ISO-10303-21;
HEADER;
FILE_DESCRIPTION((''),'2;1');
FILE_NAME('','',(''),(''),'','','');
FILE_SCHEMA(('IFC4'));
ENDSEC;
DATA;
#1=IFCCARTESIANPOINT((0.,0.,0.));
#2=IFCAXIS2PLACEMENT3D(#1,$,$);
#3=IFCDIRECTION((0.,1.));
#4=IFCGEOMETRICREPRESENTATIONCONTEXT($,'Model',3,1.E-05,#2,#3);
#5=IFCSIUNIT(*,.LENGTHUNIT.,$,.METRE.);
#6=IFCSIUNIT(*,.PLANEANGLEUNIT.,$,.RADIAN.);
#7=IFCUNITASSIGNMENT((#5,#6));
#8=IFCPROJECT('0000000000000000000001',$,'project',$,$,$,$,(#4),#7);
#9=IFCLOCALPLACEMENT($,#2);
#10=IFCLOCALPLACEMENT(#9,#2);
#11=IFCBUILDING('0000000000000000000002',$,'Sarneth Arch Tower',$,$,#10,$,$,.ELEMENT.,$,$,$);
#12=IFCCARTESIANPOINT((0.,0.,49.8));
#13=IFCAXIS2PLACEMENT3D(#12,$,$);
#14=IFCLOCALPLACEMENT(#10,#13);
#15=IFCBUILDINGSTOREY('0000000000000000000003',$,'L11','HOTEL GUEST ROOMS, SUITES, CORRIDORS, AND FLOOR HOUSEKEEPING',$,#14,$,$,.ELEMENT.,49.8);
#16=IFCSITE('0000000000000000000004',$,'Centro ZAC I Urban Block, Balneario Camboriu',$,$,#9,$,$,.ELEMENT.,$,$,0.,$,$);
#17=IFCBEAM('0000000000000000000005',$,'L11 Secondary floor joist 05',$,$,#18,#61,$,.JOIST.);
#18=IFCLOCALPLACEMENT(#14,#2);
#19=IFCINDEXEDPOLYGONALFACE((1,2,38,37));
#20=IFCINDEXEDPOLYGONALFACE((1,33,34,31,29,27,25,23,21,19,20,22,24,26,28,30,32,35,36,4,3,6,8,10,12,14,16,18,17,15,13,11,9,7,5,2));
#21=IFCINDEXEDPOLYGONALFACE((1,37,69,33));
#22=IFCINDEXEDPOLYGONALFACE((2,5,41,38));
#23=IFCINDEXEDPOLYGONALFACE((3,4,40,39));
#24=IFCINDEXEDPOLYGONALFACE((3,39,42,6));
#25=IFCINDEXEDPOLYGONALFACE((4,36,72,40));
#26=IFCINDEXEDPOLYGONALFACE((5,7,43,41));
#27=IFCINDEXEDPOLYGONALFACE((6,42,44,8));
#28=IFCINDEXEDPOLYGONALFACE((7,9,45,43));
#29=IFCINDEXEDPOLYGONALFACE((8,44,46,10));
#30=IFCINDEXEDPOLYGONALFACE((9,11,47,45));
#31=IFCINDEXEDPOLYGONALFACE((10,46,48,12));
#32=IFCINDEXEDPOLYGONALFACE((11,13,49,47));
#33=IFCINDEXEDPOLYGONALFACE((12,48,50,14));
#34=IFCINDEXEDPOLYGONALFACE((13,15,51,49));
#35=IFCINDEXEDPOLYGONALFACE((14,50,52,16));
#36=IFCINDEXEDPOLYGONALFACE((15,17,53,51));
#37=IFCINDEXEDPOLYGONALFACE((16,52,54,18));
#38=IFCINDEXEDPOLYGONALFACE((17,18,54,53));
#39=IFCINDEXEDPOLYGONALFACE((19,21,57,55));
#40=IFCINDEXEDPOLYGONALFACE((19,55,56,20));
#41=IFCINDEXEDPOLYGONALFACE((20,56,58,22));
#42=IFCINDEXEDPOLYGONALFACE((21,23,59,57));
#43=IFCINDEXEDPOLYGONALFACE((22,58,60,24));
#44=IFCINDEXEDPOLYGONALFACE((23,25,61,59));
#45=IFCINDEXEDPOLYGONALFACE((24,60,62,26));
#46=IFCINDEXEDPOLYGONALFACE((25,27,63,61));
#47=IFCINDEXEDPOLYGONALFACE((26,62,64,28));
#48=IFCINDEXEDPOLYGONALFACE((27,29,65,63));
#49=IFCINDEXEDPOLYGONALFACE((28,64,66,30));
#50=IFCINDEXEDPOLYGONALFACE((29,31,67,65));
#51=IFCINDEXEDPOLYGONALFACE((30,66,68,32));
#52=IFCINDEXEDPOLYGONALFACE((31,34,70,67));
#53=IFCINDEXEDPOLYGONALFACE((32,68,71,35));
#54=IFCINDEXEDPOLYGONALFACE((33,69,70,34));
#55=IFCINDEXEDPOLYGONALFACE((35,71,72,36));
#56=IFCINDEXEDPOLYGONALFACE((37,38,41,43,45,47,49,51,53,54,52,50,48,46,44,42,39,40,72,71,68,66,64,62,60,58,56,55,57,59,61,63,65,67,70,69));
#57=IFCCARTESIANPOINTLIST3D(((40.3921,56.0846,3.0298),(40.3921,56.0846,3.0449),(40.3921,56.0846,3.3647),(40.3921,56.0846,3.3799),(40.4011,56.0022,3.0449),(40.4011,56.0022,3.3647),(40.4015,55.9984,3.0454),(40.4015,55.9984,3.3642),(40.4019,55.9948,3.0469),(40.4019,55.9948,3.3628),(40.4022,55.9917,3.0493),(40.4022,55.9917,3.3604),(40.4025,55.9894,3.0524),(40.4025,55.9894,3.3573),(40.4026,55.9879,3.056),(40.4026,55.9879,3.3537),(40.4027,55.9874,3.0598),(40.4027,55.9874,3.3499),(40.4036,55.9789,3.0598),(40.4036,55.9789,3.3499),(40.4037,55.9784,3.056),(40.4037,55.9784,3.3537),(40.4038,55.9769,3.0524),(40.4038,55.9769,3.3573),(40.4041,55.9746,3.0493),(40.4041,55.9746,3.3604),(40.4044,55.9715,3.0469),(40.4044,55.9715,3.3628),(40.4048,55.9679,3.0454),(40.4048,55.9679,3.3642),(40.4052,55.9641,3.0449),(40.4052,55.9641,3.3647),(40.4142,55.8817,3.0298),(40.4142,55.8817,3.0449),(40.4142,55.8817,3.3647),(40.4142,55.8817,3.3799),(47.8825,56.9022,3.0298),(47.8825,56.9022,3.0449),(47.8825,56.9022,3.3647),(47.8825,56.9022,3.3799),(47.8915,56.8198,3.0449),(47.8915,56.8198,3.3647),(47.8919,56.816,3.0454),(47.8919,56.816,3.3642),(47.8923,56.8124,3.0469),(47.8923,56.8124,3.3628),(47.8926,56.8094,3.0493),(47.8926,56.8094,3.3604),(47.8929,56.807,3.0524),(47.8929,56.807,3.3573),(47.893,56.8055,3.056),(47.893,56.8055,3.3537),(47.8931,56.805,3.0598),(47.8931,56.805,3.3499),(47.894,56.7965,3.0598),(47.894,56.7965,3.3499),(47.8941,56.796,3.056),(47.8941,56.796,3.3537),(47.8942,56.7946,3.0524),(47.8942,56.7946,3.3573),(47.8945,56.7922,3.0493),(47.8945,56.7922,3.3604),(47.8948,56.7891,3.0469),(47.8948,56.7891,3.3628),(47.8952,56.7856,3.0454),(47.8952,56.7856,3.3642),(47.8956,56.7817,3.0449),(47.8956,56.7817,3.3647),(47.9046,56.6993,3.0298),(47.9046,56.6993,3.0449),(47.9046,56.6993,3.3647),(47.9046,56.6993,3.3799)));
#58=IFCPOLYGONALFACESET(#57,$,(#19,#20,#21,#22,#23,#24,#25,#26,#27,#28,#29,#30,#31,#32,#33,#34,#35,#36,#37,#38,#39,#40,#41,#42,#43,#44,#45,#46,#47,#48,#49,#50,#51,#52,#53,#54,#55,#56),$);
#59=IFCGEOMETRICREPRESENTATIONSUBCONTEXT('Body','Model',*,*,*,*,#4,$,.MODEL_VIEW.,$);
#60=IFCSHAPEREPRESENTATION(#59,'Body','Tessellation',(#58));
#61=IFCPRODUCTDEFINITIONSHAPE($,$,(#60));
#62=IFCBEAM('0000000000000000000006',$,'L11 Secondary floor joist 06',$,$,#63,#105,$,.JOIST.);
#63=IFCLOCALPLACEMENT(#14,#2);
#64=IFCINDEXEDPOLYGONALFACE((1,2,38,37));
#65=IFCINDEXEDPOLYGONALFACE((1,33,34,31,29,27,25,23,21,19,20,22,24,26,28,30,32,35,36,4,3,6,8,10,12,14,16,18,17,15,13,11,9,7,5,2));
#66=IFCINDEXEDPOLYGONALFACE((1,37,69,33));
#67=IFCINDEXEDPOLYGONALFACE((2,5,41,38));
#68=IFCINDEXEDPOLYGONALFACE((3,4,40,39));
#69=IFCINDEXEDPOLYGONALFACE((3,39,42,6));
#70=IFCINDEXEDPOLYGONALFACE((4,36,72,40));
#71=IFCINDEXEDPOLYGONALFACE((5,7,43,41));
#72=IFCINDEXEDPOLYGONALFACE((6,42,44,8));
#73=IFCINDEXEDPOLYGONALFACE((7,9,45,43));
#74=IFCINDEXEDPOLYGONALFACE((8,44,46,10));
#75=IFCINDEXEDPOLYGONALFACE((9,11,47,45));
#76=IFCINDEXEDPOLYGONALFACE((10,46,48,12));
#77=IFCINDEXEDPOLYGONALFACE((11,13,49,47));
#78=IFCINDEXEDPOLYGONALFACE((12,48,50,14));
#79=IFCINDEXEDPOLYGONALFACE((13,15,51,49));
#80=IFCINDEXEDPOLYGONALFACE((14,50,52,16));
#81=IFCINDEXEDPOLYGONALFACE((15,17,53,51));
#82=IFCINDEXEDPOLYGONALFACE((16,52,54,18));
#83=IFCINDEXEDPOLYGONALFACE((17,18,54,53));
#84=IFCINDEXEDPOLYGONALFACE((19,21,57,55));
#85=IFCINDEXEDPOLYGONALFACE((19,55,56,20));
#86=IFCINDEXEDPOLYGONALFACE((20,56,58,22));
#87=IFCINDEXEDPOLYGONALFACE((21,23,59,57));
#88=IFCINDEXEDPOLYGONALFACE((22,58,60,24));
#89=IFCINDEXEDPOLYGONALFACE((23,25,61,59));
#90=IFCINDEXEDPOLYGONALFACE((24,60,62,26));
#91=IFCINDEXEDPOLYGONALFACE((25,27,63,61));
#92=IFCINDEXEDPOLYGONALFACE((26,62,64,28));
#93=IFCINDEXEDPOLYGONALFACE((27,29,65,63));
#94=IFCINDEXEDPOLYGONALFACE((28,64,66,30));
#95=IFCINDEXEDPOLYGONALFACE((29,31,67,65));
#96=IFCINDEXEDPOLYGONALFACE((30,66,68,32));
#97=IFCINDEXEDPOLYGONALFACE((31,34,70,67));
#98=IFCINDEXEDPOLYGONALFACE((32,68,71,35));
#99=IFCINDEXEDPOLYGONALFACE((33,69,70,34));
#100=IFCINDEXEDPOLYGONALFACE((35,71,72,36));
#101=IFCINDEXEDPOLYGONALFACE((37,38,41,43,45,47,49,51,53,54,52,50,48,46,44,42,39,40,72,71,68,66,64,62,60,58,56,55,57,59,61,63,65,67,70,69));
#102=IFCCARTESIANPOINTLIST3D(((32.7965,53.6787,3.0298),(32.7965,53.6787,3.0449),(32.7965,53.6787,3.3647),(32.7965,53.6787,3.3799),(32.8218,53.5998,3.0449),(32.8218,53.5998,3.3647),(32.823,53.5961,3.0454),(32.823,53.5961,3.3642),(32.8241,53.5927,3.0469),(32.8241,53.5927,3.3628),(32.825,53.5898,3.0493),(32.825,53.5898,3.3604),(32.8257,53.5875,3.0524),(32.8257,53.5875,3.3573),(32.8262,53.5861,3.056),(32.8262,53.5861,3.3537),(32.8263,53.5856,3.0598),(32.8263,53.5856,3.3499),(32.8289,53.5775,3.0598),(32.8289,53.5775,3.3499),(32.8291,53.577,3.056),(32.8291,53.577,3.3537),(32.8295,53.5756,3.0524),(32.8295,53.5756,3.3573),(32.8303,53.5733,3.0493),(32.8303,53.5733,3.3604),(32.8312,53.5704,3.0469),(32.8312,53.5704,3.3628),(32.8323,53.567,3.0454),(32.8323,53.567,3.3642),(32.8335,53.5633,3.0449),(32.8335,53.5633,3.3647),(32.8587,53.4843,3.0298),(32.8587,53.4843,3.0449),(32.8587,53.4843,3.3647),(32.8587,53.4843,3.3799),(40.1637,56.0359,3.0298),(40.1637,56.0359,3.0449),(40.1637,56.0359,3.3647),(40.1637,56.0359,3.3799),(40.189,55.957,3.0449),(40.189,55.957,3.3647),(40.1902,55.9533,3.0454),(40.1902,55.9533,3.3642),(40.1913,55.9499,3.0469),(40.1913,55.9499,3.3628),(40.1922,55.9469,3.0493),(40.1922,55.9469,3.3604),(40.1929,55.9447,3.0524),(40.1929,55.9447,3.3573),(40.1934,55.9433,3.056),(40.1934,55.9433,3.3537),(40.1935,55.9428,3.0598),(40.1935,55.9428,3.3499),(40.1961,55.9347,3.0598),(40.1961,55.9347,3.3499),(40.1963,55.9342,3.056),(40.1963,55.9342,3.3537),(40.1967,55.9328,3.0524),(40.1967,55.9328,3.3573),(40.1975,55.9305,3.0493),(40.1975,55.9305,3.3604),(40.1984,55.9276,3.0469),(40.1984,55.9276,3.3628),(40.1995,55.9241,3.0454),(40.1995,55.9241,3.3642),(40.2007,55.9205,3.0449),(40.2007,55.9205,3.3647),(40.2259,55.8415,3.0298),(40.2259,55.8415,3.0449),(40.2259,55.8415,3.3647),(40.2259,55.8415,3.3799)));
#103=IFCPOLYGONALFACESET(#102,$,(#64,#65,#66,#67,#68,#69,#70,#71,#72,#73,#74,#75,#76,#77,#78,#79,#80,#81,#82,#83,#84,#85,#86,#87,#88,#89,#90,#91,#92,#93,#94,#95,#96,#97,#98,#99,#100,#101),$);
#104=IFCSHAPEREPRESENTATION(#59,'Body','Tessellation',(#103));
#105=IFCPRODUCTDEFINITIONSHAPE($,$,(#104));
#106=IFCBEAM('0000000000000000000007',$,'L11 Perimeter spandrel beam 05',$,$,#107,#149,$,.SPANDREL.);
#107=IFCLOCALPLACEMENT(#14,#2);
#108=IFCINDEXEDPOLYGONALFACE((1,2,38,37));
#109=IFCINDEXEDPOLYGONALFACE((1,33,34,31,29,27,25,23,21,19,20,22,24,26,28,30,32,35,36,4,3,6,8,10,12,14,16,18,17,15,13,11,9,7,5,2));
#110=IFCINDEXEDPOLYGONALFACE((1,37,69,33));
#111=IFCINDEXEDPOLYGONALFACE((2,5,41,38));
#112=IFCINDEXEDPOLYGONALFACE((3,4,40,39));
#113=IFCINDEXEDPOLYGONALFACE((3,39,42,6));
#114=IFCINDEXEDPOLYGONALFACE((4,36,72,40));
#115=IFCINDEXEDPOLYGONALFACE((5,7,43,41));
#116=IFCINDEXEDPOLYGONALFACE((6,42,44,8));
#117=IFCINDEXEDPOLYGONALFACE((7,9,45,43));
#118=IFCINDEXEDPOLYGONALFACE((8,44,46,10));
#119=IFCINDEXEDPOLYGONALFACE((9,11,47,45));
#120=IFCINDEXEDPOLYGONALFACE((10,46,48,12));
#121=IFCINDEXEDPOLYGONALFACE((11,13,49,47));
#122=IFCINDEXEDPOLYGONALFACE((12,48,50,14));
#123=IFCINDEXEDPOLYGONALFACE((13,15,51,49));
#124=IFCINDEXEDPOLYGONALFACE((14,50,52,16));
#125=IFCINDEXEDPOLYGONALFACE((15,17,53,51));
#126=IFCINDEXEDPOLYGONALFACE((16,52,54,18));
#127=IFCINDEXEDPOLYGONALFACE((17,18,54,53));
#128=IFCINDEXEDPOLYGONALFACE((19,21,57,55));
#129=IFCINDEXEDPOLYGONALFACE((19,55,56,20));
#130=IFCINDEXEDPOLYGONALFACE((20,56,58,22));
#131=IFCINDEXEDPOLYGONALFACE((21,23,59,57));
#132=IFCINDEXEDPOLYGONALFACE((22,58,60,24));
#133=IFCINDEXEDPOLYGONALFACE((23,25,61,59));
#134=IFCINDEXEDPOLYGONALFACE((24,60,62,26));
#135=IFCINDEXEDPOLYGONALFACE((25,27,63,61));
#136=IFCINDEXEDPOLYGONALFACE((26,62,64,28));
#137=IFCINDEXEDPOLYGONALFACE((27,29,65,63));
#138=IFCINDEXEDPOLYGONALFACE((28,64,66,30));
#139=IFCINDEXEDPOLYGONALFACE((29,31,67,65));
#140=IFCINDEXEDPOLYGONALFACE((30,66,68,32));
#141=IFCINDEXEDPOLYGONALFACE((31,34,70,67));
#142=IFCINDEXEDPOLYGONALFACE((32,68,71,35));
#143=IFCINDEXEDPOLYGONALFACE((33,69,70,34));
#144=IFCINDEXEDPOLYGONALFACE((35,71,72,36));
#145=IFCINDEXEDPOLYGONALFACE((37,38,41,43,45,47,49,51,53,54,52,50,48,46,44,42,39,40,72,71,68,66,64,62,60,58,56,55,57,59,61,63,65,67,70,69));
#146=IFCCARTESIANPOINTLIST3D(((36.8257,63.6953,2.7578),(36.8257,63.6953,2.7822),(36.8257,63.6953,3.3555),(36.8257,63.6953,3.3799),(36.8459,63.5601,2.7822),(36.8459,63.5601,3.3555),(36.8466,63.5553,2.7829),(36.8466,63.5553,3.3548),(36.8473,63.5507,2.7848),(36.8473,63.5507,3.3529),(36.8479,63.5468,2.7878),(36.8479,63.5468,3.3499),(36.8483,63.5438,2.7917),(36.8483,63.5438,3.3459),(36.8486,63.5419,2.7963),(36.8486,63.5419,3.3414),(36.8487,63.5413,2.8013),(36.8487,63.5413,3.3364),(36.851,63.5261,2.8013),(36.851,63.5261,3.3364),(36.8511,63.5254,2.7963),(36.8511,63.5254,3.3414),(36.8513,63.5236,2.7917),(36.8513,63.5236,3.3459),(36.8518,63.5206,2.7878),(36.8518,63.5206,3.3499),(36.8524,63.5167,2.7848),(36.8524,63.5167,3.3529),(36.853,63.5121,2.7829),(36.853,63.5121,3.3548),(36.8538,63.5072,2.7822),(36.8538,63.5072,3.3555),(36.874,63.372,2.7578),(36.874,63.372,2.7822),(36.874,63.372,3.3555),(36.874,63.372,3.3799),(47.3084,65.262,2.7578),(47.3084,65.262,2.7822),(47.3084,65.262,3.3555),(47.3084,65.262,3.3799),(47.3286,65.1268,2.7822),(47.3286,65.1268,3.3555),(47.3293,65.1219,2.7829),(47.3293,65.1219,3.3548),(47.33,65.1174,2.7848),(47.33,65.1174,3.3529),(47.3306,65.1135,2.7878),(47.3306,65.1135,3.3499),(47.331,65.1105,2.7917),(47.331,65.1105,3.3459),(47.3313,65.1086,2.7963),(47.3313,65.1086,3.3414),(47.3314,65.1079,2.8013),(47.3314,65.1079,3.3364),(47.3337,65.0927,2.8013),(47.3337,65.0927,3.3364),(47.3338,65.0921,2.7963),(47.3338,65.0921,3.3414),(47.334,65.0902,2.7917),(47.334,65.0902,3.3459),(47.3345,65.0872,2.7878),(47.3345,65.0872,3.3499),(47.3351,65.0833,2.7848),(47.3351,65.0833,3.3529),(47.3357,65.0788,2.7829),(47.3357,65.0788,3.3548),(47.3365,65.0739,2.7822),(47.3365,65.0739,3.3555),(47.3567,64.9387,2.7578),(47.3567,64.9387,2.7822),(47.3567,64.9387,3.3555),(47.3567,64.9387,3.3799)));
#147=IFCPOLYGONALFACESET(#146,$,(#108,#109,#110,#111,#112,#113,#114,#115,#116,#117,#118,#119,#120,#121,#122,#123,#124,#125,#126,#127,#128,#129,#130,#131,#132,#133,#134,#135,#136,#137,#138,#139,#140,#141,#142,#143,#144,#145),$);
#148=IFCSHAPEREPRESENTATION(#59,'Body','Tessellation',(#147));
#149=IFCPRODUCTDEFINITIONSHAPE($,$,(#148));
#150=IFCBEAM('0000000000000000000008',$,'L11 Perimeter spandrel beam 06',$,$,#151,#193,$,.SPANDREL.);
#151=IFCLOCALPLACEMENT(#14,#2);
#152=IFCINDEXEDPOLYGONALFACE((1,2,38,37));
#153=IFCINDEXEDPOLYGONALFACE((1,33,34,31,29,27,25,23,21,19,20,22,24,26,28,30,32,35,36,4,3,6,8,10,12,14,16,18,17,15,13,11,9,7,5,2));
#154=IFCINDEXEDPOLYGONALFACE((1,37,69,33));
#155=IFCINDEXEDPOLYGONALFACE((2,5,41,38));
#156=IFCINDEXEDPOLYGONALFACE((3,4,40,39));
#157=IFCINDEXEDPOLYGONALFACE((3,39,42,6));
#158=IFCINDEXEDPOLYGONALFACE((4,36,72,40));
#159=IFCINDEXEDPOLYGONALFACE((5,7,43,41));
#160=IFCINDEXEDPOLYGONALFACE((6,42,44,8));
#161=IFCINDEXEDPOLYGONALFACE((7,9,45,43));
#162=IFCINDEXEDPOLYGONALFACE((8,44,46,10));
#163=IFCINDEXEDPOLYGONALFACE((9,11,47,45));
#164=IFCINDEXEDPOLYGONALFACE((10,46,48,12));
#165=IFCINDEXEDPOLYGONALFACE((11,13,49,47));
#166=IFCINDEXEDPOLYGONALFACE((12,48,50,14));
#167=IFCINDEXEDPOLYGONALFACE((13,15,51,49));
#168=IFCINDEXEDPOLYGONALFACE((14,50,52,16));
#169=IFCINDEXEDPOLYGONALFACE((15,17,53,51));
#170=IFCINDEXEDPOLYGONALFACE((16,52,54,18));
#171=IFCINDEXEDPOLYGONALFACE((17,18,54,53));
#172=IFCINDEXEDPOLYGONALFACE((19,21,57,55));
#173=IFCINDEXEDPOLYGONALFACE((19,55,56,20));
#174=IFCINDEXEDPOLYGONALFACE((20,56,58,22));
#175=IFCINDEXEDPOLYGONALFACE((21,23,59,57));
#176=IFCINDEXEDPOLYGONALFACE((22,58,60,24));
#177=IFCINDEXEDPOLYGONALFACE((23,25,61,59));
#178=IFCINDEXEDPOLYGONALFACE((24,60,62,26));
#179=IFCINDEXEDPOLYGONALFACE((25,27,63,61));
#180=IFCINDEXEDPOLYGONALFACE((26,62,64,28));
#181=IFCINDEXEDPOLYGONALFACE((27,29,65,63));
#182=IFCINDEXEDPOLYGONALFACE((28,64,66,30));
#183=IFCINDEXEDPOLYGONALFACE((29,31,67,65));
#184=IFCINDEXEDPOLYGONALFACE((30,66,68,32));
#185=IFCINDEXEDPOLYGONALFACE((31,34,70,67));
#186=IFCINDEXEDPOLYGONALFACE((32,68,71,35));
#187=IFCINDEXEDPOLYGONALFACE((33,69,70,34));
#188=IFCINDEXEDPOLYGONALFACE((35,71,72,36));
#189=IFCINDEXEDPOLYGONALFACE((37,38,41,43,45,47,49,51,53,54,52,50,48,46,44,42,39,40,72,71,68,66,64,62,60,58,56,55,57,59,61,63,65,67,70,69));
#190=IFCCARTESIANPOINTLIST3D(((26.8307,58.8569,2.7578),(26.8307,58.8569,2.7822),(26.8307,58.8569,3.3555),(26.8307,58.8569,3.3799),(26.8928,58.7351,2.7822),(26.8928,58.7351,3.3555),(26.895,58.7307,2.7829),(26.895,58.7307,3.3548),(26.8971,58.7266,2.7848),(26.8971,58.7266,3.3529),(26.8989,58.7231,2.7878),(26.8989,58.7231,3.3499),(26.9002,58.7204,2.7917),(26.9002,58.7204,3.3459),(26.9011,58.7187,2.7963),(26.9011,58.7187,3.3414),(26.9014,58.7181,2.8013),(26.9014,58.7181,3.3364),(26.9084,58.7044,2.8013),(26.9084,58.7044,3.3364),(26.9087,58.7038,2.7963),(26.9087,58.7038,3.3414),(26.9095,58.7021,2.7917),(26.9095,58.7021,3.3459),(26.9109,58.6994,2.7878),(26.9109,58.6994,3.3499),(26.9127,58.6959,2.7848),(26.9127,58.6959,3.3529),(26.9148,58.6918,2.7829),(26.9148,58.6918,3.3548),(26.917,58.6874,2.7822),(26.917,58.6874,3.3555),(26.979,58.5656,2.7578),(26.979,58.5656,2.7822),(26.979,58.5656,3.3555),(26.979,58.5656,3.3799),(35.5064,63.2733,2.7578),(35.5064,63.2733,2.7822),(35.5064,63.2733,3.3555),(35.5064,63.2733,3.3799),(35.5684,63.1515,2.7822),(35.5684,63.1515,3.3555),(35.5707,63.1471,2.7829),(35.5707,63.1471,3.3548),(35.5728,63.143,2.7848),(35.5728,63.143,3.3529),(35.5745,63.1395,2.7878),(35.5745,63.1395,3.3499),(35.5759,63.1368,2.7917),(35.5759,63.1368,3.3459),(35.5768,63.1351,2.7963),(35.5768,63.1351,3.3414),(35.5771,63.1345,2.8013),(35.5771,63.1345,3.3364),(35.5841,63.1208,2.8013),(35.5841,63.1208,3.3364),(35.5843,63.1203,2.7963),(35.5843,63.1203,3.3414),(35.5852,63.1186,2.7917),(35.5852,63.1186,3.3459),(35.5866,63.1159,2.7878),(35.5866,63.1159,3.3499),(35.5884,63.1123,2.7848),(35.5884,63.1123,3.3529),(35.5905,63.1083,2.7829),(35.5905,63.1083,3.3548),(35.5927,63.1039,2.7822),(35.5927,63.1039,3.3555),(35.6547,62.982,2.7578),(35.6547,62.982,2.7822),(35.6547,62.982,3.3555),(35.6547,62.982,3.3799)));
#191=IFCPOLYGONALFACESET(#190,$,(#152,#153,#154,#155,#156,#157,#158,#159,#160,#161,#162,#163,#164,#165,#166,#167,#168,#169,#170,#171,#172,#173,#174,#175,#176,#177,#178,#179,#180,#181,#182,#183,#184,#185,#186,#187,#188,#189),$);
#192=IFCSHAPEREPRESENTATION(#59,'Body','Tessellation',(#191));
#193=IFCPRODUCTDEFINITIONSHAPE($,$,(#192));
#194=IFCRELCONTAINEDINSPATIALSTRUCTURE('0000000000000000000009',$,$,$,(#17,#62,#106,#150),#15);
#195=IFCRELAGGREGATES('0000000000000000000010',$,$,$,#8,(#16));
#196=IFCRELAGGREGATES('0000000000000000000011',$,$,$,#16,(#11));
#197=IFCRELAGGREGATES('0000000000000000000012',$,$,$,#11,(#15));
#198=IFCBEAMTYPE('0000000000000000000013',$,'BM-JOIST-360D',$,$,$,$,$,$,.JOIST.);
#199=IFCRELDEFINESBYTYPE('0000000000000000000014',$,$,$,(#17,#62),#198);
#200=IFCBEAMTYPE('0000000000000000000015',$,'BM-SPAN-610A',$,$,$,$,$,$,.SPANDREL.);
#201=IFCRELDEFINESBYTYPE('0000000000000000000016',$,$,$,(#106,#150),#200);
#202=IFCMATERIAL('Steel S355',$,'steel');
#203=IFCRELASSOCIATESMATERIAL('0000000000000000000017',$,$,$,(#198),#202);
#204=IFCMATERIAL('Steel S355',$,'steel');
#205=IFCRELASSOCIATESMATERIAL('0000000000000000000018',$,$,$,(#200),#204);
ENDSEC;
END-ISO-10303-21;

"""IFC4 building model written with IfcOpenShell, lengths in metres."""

from ifc_helpers import new_model, si_unit, direction, frame, origin, origin_2d, place, context, subcontext, project, spatial, i_section, extrude, material, material_profile, profile_set, type_object, element, save


model = new_model("IFC4")

# Units and contexts
model_context = context("Model", 3, precision=1e-05, world=origin(), true_north=direction((0.0, 1.0)))
body_context = subcontext(model_context, "Body", "Model", "MODEL_VIEW")
ifc_project = project(units=[si_unit("LENGTHUNIT", "METRE"), si_unit("PLANEANGLEUNIT", "RADIAN")], contexts=[model_context])

# Site, building, storey
site_placement = place(None, origin())
site = spatial("IfcSite", under=ifc_project, at=site_placement, Name="Centro ZAC I Urban Block, Balneario Camboriu", CompositionType="ELEMENT", RefElevation=0.0)
building_placement = place(site_placement, origin())
building = spatial("IfcBuilding", under=site, at=building_placement, Name="Sarneth Arch Tower", CompositionType="ELEMENT")
storey_placement = place(building_placement, frame((0.0, 0.0, 49.8)))
storey = spatial("IfcBuildingStorey", under=building, at=storey_placement, Name="L11", Description="HOTEL GUEST ROOMS, SUITES, CORRIDORS, AND FLOOR HOUSEKEEPING", CompositionType="ELEMENT", Elevation=49.8)

# Beams
ifc_material_1 = material(Name="Steel S355", Category="steel")
ifc_material_profile_1 = material_profile(ifc_material_1, i_section(OverallWidth=0.2041, OverallDepth=0.3501, WebThickness=0.0085, FlangeThickness=0.0151, FilletRadius=0.0149, at=origin_2d()), Name="W360x72")
ifc_profile_set_1 = profile_set([ifc_material_profile_1], Name="Steel S355")
beam_type_1 = type_object("IfcBeamType", Name="BM-JOIST-360D", PredefinedType="JOIST", material=ifc_profile_set_1)
beam_1_placement = place(storey_placement, frame((47.8936, 56.8008, 3.2048), z_axis=(-0.994095, -0.108511, 0.0), x_axis=(0.108511, -0.994095, 0.0)))
element("IfcBeam", 1, at=beam_1_placement, inside=storey, type_object=beam_type_1, Name="L11 Secondary floor joist 05", PredefinedType="JOIST", context=body_context, shape_type="SweptSolid", body=[
    extrude(i_section(OverallWidth=0.2041, OverallDepth=0.3501, WebThickness=0.0085, FlangeThickness=0.0151, FilletRadius=0.0149, at=origin_2d()), origin(), (0.0, 0.0, 1.0), 7.5349),
])
beam_2_placement = place(storey_placement, frame((40.1948, 55.9387, 3.2048), z_axis=(-0.952436, -0.304738, 0.0), x_axis=(0.304738, -0.952436, 0.0)))
element("IfcBeam", 2, at=beam_2_placement, inside=storey, type_object=beam_type_1, Name="L11 Secondary floor joist 06", PredefinedType="JOIST", context=body_context, shape_type="SweptSolid", body=[
    extrude(i_section(OverallWidth=0.2041, OverallDepth=0.3501, WebThickness=0.0085, FlangeThickness=0.0151, FilletRadius=0.0149, at=origin_2d()), origin(), (0.0, 0.0, 1.0), 7.7351),
])
ifc_material_2 = material(Name="Steel S355", Category="steel")
ifc_material_profile_2 = material_profile(ifc_material_2, i_section(OverallWidth=0.3269, OverallDepth=0.6221, WebThickness=0.0154, FlangeThickness=0.0244, FilletRadius=0.019, at=origin_2d()), Name="W610x195")
ifc_profile_set_2 = profile_set([ifc_material_profile_2], Name="Steel S355")
beam_type_2 = type_object("IfcBeamType", Name="BM-SPAN-610A", PredefinedType="SPANDREL", material=ifc_profile_set_2)
beam_3_placement = place(storey_placement, frame((47.3325, 65.1003, 3.0688), z_axis=(-0.989016, -0.14781, 0.0), x_axis=(0.14781, -0.989016, 0.0)))
element("IfcBeam", 3, at=beam_3_placement, inside=storey, type_object=beam_type_2, Name="L11 Perimeter spandrel beam 05", PredefinedType="SPANDREL", context=body_context, shape_type="SweptSolid", body=[
    extrude(i_section(OverallWidth=0.3269, OverallDepth=0.6221, WebThickness=0.0154, FlangeThickness=0.0244, FilletRadius=0.019, at=origin_2d()), origin(), (0.0, 0.0, 1.0), 10.5991),
])
beam_4_placement = place(storey_placement, frame((35.5806, 63.1277, 3.0688), z_axis=(-0.891174, -0.453662, 0.0), x_axis=(0.453662, -0.891174, 0.0)))
element("IfcBeam", 4, at=beam_4_placement, inside=storey, type_object=beam_type_2, Name="L11 Perimeter spandrel beam 06", PredefinedType="SPANDREL", context=body_context, shape_type="SweptSolid", body=[
    extrude(i_section(OverallWidth=0.3269, OverallDepth=0.6221, WebThickness=0.0154, FlangeThickness=0.0244, FilletRadius=0.019, at=origin_2d()), origin(), (0.0, 0.0, 1.0), 9.7351),
])

save(model, "model.ifc")
